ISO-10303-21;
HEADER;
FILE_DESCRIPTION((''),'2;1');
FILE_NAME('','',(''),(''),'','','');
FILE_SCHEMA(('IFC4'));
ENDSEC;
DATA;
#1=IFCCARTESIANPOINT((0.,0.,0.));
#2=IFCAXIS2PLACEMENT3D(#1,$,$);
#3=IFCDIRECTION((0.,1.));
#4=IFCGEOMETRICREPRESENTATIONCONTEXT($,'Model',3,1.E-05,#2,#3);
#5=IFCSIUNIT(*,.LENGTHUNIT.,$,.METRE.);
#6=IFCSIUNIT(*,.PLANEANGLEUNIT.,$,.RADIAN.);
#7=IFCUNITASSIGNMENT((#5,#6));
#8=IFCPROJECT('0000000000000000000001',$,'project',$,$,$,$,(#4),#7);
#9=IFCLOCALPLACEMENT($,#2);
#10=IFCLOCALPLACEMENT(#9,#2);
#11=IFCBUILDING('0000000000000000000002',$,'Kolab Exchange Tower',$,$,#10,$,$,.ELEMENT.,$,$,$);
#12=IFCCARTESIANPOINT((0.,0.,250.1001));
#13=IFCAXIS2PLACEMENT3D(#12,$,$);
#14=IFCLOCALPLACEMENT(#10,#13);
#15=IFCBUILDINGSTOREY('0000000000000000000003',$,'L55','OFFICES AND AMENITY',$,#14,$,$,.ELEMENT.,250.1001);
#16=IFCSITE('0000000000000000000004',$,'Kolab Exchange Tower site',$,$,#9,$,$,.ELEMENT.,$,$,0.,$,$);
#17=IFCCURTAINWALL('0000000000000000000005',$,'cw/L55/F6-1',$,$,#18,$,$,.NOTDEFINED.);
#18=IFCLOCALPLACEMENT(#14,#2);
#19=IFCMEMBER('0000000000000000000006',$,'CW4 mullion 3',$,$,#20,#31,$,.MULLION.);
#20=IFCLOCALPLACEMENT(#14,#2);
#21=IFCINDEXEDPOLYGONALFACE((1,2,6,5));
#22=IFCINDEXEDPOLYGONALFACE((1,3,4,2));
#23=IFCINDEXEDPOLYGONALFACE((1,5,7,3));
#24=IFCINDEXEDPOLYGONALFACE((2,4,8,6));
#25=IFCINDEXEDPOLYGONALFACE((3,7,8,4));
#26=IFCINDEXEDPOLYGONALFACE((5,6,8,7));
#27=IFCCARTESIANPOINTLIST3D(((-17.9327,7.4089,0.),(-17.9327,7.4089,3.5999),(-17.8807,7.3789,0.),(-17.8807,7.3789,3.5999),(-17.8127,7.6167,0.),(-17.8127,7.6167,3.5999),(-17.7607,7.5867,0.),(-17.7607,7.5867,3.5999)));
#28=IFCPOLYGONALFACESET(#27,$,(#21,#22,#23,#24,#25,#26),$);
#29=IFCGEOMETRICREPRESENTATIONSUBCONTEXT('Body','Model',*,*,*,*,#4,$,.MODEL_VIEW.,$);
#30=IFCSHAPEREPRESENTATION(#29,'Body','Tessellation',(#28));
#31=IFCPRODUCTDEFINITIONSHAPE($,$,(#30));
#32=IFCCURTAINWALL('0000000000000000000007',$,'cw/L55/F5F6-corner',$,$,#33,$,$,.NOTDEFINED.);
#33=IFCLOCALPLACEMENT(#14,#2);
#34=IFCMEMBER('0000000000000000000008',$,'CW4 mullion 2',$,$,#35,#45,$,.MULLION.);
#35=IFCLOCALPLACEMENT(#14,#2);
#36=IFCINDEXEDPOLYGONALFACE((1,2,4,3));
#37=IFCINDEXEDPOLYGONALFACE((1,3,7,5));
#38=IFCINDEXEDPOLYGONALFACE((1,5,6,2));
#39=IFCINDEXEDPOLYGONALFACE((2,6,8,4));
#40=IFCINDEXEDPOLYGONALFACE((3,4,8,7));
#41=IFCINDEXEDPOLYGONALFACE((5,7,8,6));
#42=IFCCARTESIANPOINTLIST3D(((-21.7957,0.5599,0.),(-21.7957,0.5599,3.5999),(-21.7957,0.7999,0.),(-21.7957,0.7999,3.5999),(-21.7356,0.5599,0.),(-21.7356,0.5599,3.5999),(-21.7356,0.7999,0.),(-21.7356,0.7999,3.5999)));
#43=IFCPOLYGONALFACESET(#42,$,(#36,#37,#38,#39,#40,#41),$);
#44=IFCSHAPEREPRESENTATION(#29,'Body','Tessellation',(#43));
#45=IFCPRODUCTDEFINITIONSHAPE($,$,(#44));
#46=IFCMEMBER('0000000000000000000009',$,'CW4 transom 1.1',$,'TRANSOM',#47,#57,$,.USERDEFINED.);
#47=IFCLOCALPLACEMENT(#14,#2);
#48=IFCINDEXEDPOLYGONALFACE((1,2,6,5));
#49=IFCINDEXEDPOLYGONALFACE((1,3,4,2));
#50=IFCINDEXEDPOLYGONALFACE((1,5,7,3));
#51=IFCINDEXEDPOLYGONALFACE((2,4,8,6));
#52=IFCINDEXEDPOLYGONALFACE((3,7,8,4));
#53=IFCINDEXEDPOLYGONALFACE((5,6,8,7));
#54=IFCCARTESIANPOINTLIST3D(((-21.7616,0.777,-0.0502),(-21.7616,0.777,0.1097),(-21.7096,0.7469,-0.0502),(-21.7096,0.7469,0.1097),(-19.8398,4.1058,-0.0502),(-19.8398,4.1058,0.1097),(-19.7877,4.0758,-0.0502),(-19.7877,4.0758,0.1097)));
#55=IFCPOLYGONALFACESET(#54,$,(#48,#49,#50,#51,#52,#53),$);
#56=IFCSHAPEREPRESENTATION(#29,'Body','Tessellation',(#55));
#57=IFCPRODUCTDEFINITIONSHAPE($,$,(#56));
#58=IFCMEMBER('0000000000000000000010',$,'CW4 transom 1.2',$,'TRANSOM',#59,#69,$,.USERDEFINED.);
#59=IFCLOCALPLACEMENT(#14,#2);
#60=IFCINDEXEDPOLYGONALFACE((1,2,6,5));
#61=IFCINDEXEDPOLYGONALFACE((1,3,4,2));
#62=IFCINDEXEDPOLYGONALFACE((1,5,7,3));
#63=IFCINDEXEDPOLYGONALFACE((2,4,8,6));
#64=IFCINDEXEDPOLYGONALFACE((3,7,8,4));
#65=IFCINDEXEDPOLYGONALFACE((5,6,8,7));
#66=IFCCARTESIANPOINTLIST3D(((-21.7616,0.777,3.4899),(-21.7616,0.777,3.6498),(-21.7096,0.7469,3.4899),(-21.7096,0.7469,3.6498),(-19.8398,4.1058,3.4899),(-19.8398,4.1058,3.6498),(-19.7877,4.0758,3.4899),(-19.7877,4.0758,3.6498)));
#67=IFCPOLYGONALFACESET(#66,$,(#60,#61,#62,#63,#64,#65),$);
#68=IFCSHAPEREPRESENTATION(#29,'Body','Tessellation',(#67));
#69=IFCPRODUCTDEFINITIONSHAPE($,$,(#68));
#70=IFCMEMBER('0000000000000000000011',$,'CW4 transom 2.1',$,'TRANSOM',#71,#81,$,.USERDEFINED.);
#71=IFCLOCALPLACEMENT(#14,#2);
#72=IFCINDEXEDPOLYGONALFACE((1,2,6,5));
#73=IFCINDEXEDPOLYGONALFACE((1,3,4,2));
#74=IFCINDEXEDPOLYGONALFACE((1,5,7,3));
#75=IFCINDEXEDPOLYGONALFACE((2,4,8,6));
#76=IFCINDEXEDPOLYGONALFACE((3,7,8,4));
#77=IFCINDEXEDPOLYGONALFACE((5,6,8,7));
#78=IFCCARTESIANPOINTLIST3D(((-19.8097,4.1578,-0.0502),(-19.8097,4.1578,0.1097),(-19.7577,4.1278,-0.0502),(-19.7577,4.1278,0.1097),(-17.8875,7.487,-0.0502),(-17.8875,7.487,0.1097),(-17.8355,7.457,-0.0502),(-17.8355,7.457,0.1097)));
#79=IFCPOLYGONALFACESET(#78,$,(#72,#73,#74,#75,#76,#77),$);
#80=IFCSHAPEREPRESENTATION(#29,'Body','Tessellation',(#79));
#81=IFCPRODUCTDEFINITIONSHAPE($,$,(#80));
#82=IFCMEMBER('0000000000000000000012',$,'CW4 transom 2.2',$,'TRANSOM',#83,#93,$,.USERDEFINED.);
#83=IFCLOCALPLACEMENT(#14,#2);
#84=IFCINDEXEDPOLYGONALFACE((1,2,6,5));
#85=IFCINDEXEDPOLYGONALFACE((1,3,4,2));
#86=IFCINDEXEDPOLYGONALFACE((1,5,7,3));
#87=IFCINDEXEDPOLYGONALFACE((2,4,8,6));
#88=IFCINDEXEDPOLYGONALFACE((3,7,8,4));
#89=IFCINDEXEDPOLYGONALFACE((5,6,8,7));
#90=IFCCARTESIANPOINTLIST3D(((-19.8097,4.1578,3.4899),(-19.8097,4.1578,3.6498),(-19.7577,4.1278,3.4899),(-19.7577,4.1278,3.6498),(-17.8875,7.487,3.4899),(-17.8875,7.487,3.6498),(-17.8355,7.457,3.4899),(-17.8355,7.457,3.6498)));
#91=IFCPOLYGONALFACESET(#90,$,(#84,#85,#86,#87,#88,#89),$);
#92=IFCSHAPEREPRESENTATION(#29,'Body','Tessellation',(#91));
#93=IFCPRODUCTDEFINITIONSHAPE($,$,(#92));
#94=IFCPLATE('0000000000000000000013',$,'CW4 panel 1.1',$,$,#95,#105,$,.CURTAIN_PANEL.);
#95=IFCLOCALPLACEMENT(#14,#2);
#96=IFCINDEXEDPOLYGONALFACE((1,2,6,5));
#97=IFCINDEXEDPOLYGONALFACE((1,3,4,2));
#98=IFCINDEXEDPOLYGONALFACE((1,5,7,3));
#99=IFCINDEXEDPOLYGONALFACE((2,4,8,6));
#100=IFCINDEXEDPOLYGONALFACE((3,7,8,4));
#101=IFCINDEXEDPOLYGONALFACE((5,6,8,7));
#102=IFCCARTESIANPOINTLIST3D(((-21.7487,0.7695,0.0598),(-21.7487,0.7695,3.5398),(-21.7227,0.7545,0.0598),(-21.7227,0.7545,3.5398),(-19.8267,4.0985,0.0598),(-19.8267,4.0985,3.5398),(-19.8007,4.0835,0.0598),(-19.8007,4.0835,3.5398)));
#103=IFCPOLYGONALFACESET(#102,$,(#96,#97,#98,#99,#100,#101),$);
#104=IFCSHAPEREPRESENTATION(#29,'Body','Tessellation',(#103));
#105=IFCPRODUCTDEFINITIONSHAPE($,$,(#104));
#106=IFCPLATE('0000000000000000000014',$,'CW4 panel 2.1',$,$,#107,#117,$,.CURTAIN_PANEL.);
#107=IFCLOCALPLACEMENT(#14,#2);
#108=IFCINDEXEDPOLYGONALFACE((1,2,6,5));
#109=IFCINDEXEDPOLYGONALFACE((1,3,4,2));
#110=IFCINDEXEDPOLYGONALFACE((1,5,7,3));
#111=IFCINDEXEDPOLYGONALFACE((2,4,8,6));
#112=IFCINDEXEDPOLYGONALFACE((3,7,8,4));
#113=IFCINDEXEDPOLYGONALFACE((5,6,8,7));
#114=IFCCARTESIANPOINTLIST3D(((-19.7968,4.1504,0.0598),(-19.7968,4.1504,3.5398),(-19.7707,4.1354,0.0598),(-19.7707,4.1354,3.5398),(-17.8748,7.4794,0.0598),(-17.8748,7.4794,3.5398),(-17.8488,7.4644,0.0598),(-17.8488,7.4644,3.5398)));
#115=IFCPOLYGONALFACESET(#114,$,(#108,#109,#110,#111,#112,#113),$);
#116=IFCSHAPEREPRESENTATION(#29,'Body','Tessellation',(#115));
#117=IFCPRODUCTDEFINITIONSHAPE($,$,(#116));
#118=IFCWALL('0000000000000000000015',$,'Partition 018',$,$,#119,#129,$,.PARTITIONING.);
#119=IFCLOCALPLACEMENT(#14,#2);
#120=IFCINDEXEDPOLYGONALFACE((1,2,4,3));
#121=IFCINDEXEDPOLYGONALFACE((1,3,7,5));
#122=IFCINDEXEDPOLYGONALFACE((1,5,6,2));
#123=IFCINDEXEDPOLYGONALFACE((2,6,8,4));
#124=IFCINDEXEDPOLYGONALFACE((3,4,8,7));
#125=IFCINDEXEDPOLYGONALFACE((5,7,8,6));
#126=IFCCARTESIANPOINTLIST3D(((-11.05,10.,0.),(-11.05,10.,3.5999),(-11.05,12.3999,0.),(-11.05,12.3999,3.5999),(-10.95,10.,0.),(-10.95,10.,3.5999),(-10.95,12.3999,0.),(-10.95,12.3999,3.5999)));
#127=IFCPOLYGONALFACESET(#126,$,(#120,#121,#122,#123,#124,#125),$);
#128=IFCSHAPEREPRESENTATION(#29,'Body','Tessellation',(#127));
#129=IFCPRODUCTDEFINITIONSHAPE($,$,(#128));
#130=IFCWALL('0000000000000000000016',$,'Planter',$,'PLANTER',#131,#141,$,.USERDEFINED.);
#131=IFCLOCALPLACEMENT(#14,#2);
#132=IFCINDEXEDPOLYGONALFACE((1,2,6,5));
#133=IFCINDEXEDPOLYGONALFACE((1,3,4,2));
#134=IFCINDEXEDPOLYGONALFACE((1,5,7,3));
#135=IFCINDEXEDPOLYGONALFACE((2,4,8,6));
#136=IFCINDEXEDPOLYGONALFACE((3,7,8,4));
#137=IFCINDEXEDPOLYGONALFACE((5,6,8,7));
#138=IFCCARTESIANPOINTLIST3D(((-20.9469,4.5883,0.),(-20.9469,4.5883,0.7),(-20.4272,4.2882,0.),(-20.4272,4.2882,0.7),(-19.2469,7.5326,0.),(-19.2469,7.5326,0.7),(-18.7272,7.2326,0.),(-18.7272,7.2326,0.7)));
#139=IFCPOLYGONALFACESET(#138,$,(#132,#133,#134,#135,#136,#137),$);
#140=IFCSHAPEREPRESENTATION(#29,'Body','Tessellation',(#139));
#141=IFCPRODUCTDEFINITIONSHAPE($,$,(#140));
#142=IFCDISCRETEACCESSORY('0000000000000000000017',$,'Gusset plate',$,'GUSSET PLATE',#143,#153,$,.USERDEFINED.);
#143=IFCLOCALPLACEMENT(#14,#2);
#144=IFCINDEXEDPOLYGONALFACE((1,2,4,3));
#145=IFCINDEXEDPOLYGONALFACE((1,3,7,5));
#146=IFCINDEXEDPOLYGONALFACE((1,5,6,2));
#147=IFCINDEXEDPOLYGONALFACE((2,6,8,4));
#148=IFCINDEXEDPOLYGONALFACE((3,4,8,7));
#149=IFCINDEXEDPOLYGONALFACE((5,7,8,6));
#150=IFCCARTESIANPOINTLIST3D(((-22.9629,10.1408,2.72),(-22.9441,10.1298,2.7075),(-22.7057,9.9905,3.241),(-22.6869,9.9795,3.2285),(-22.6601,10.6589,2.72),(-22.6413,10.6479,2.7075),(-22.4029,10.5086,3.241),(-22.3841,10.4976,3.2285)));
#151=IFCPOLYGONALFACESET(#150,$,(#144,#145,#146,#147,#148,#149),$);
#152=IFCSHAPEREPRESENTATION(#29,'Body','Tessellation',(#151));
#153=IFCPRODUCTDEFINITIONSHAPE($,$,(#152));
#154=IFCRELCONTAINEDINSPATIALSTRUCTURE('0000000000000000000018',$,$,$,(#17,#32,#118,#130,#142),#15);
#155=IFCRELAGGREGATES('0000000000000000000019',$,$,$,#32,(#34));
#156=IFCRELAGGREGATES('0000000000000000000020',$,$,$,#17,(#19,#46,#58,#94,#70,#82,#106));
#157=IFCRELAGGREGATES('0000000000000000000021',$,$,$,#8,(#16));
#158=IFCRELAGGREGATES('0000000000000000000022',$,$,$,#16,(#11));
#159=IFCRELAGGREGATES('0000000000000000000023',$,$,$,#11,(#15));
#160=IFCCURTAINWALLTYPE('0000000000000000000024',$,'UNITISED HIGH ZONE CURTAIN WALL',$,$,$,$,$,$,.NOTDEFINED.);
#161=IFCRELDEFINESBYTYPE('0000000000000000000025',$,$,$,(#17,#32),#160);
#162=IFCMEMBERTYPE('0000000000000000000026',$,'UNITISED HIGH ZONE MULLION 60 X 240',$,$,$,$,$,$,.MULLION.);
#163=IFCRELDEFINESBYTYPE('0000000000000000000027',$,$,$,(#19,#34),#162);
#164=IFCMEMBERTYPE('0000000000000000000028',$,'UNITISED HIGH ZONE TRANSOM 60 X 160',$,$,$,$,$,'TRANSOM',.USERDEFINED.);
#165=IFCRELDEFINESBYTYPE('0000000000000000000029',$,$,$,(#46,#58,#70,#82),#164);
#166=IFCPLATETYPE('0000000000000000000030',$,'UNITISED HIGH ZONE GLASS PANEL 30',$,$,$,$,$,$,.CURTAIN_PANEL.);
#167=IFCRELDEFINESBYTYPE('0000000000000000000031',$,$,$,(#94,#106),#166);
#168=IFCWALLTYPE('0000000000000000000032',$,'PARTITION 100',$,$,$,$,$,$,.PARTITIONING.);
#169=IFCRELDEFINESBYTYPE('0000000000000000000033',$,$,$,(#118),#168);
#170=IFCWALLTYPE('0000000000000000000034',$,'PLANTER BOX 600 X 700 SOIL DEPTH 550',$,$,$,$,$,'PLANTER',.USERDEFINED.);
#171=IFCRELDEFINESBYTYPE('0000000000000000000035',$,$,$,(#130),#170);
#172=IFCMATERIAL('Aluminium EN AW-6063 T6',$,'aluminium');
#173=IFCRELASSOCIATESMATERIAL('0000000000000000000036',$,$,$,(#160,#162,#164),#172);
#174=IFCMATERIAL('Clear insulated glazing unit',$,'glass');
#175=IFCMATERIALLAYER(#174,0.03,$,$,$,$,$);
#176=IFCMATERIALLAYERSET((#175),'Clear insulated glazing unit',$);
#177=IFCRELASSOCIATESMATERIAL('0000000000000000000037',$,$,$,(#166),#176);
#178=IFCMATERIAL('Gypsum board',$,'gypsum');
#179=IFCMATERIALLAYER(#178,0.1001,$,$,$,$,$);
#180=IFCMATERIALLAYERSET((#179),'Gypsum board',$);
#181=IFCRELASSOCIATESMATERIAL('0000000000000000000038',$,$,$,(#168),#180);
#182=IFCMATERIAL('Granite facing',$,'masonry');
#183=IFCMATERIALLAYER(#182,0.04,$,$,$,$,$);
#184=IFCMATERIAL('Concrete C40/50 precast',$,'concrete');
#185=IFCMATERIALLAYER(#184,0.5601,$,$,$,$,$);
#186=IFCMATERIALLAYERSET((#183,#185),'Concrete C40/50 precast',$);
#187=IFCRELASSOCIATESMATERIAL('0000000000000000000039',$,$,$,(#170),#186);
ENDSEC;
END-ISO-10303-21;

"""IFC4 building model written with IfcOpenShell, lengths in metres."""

from ifc_helpers import new_model, si_unit, direction, frame, frame_2d, origin, origin_2d, place, context, subcontext, project, spatial, rectangle, extrude, material, layer, layer_set, material_profile, profile_set, type_object, element, aggregate, save


model = new_model("IFC4")

# Units and contexts
model_context = context("Model", 3, precision=1e-05, world=origin(), true_north=direction((0.0, 1.0)))
body_context = subcontext(model_context, "Body", "Model", "MODEL_VIEW")
ifc_project = project(units=[si_unit("LENGTHUNIT", "METRE"), si_unit("PLANEANGLEUNIT", "RADIAN")], contexts=[model_context])

# Site, building, storey
site_placement = place(None, origin())
site = spatial("IfcSite", under=ifc_project, at=site_placement, Name="Kolab Exchange Tower site", CompositionType="ELEMENT", RefElevation=0.0)
building_placement = place(site_placement, origin())
building = spatial("IfcBuilding", under=site, at=building_placement, Name="Kolab Exchange Tower", CompositionType="ELEMENT")
storey_placement = place(building_placement, frame((0.0, 0.0, 250.1001)))
storey = spatial("IfcBuildingStorey", under=building, at=storey_placement, Name="L55", Description="OFFICES AND AMENITY", CompositionType="ELEMENT", Elevation=250.1001)

# Curtain wall, member
ifc_material_1 = material(Name="Aluminium EN AW-6063 T6", Category="aluminium")
curtain_wall_type = type_object("IfcCurtainWallType", Name="UNITISED HIGH ZONE CURTAIN WALL", PredefinedType="NOTDEFINED", material=ifc_material_1)
curtain_wall_1_placement = place(storey_placement, origin())
curtain_wall_1 = element("IfcCurtainWall", 1, at=curtain_wall_1_placement, inside=storey, type_object=curtain_wall_type, Name="cw/L55/F6-1", PredefinedType="NOTDEFINED")
ifc_material_profile_1 = material_profile(ifc_material_1, rectangle(XDim=0.0601, YDim=0.24, at=origin_2d()), Name="RECT 60X240")
ifc_profile_set_1 = profile_set([ifc_material_profile_1], Name="Aluminium EN AW-6063 T6")
member_type_1 = type_object("IfcMemberType", Name="UNITISED HIGH ZONE MULLION 60 X 240", PredefinedType="MULLION", material=ifc_profile_set_1)
member_1_placement = place(storey_placement, frame((-17.8467, 7.4978, 0.0), z_axis=(0.0, 0.0, 1.0), x_axis=(-0.866025, 0.5, 0.0)))
member_1 = element("IfcMember", 2, at=member_1_placement, type_object=member_type_1, Name="CW4 mullion 3", PredefinedType="MULLION", context=body_context, shape_type="SweptSolid", body=[
    extrude(rectangle(XDim=0.0601, YDim=0.24, at=origin_2d()), origin(), (0.0, 0.0, 1.0), 3.5999),
])

# Curtain wall, member
curtain_wall_2_placement = place(storey_placement, origin())
curtain_wall_2 = element("IfcCurtainWall", 3, at=curtain_wall_2_placement, inside=storey, type_object=curtain_wall_type, Name="cw/L55/F5F6-corner", PredefinedType="NOTDEFINED")
member_2_placement = place(storey_placement, frame((-21.7656, 0.6799, 0.0), z_axis=(0.0, 0.0, 1.0), x_axis=(-1.0, 0.0, 0.0)))
member_2 = element("IfcMember", 4, at=member_2_placement, type_object=member_type_1, Name="CW4 mullion 2", PredefinedType="MULLION", context=body_context, shape_type="SweptSolid", body=[
    extrude(rectangle(XDim=0.0601, YDim=0.24, at=origin_2d()), origin(), (0.0, 0.0, 1.0), 3.5999),
])
aggregate(curtain_wall_2, [member_2])

# Members
ifc_material_profile_2 = material_profile(ifc_material_1, rectangle(XDim=0.0601, YDim=0.1599, at=origin_2d()), Name="RECT 60X160")
ifc_profile_set_2 = profile_set([ifc_material_profile_2], Name="Aluminium EN AW-6063 T6")
member_type_2 = type_object("IfcMemberType", Name="UNITISED HIGH ZONE TRANSOM 60 X 160", ElementType="TRANSOM", PredefinedType="USERDEFINED", material=ifc_profile_set_2)
member_3_placement = place(storey_placement, frame((-21.7356, 0.762, 0.0298), z_axis=(0.499992, 0.86603, 0.0), x_axis=(-0.86603, 0.499992, 0.0)))
member_3 = element("IfcMember", 5, at=member_3_placement, type_object=member_type_2, Name="CW4 transom 1.1", ObjectType="TRANSOM", PredefinedType="USERDEFINED", context=body_context, shape_type="SweptSolid", body=[
    extrude(rectangle(XDim=0.0601, YDim=0.1599, at=origin_2d()), origin(), (0.0, 0.0, 1.0), 3.8438),
])
member_4_placement = place(storey_placement, frame((-21.7356, 0.762, 3.5698), z_axis=(0.499992, 0.86603, 0.0), x_axis=(-0.86603, 0.499992, 0.0)))
member_4 = element("IfcMember", 6, at=member_4_placement, type_object=member_type_2, Name="CW4 transom 1.2", ObjectType="TRANSOM", PredefinedType="USERDEFINED", context=body_context, shape_type="SweptSolid", body=[
    extrude(rectangle(XDim=0.0601, YDim=0.1599, at=origin_2d()), origin(), (0.0, 0.0, 1.0), 3.8438),
])
member_5_placement = place(storey_placement, frame((-19.7837, 4.1428, 0.0298), z_axis=(0.500012, 0.866018, 0.0), x_axis=(-0.866018, 0.500012, 0.0)))
member_5 = element("IfcMember", 7, at=member_5_placement, type_object=member_type_2, Name="CW4 transom 2.1", ObjectType="TRANSOM", PredefinedType="USERDEFINED", context=body_context, shape_type="SweptSolid", body=[
    extrude(rectangle(XDim=0.0601, YDim=0.1599, at=origin_2d()), origin(), (0.0, 0.0, 1.0), 3.8442),
])
member_6_placement = place(storey_placement, frame((-19.7837, 4.1428, 3.5698), z_axis=(0.500012, 0.866018, 0.0), x_axis=(-0.866018, 0.500012, 0.0)))
member_6 = element("IfcMember", 8, at=member_6_placement, type_object=member_type_2, Name="CW4 transom 2.2", ObjectType="TRANSOM", PredefinedType="USERDEFINED", context=body_context, shape_type="SweptSolid", body=[
    extrude(rectangle(XDim=0.0601, YDim=0.1599, at=origin_2d()), origin(), (0.0, 0.0, 1.0), 3.8442),
])

# Plates
ifc_material_2 = material(Name="Clear insulated glazing unit", Category="glass")
ifc_layer_1 = layer(ifc_material_2, 0.03)
ifc_layer_set_1 = layer_set([ifc_layer_1], Name="Clear insulated glazing unit")
plate_type = type_object("IfcPlateType", Name="UNITISED HIGH ZONE GLASS PANEL 30", PredefinedType="CURTAIN_PANEL", material=ifc_layer_set_1)
plate_1_placement = place(storey_placement, frame((-20.7747, 2.4265, 0.0598), z_axis=(0.0, 0.0, 1.0), x_axis=(0.5, 0.866025, 0.0)))
plate_1 = element("IfcPlate", 9, at=plate_1_placement, type_object=plate_type, Name="CW4 panel 1.1", PredefinedType="CURTAIN_PANEL", context=body_context, shape_type="SweptSolid", body=[
    extrude(rectangle(XDim=3.844, YDim=0.03, at=origin_2d()), origin(), (0.0, 0.0, 1.0), 3.48),
])
plate_2_placement = place(storey_placement, frame((-18.8228, 5.8074, 0.0598), z_axis=(0.0, 0.0, 1.0), x_axis=(0.5, 0.866025, 0.0)))
plate_2 = element("IfcPlate", 10, at=plate_2_placement, type_object=plate_type, Name="CW4 panel 2.1", PredefinedType="CURTAIN_PANEL", context=body_context, shape_type="SweptSolid", body=[
    extrude(rectangle(XDim=3.844, YDim=0.03, at=origin_2d()), origin(), (0.0, 0.0, 1.0), 3.48),
])
aggregate(curtain_wall_1, [member_1, member_3, member_4, plate_1, member_5, member_6, plate_2])

# Walls
ifc_material_3 = material(Name="Gypsum board", Category="gypsum")
ifc_layer_2 = layer(ifc_material_3, 0.1001)
ifc_layer_set_2 = layer_set([ifc_layer_2], Name="Gypsum board")
wall_type_1 = type_object("IfcWallType", Name="PARTITION 100", PredefinedType="PARTITIONING", material=ifc_layer_set_2)
wall_1_placement = place(storey_placement, frame((-11.0, 10.0, 0.0), z_axis=(0.0, 0.0, 1.0), x_axis=(0.0, 1.0, 0.0)))
element("IfcWall", 11, at=wall_1_placement, inside=storey, type_object=wall_type_1, Name="Partition 018", PredefinedType="PARTITIONING", context=body_context, shape_type="SweptSolid", body=[
    extrude(rectangle(XDim=2.3999, YDim=0.1001, at=frame_2d((1.2, 0.0))), origin(), (0.0, 0.0, 1.0), 3.5999),
])
ifc_material_4 = material(Name="Granite facing", Category="masonry")
ifc_layer_3 = layer(ifc_material_4, 0.04)
ifc_material_5 = material(Name="Concrete C40/50 precast", Category="concrete")
ifc_layer_4 = layer(ifc_material_5, 0.5601)
ifc_layer_set_3 = layer_set([ifc_layer_3, ifc_layer_4], Name="Concrete C40/50 precast")
wall_type_2 = type_object("IfcWallType", Name="PLANTER BOX 600 X 700 SOIL DEPTH 550", ElementType="PLANTER", PredefinedType="USERDEFINED", material=ifc_layer_set_3)
wall_2_placement = place(storey_placement, frame((-20.687, 4.4382, 0.0), z_axis=(0.0, 0.0, 1.0), x_axis=(0.500008, 0.866021, 0.0)))
element("IfcWall", 12, at=wall_2_placement, inside=storey, type_object=wall_type_2, Name="Planter", ObjectType="PLANTER", PredefinedType="USERDEFINED", context=body_context, shape_type="SweptSolid", body=[
    extrude(rectangle(XDim=3.3999, YDim=0.6001, at=frame_2d((1.7, 0.0))), origin(), (0.0, 0.0, 1.0), 0.7),
])

# Discrete accessory
discrete_accessory_placement = place(storey_placement, frame((-22.6641, 10.3137, 2.968), z_axis=(-0.749483, 0.438009, 0.496411), x_axis=(-0.504568, -0.863372, 0.0)))
element("IfcDiscreteAccessory", 13, at=discrete_accessory_placement, inside=storey, Name="Gusset plate", ObjectType="GUSSET PLATE", PredefinedType="USERDEFINED", context=body_context, shape_type="SweptSolid", body=[
    extrude(rectangle(XDim=0.6001, YDim=0.6001, at=origin_2d()), origin(), (0.0, 0.0, 1.0), 0.0251),
])

save(model, "model.ifc")
